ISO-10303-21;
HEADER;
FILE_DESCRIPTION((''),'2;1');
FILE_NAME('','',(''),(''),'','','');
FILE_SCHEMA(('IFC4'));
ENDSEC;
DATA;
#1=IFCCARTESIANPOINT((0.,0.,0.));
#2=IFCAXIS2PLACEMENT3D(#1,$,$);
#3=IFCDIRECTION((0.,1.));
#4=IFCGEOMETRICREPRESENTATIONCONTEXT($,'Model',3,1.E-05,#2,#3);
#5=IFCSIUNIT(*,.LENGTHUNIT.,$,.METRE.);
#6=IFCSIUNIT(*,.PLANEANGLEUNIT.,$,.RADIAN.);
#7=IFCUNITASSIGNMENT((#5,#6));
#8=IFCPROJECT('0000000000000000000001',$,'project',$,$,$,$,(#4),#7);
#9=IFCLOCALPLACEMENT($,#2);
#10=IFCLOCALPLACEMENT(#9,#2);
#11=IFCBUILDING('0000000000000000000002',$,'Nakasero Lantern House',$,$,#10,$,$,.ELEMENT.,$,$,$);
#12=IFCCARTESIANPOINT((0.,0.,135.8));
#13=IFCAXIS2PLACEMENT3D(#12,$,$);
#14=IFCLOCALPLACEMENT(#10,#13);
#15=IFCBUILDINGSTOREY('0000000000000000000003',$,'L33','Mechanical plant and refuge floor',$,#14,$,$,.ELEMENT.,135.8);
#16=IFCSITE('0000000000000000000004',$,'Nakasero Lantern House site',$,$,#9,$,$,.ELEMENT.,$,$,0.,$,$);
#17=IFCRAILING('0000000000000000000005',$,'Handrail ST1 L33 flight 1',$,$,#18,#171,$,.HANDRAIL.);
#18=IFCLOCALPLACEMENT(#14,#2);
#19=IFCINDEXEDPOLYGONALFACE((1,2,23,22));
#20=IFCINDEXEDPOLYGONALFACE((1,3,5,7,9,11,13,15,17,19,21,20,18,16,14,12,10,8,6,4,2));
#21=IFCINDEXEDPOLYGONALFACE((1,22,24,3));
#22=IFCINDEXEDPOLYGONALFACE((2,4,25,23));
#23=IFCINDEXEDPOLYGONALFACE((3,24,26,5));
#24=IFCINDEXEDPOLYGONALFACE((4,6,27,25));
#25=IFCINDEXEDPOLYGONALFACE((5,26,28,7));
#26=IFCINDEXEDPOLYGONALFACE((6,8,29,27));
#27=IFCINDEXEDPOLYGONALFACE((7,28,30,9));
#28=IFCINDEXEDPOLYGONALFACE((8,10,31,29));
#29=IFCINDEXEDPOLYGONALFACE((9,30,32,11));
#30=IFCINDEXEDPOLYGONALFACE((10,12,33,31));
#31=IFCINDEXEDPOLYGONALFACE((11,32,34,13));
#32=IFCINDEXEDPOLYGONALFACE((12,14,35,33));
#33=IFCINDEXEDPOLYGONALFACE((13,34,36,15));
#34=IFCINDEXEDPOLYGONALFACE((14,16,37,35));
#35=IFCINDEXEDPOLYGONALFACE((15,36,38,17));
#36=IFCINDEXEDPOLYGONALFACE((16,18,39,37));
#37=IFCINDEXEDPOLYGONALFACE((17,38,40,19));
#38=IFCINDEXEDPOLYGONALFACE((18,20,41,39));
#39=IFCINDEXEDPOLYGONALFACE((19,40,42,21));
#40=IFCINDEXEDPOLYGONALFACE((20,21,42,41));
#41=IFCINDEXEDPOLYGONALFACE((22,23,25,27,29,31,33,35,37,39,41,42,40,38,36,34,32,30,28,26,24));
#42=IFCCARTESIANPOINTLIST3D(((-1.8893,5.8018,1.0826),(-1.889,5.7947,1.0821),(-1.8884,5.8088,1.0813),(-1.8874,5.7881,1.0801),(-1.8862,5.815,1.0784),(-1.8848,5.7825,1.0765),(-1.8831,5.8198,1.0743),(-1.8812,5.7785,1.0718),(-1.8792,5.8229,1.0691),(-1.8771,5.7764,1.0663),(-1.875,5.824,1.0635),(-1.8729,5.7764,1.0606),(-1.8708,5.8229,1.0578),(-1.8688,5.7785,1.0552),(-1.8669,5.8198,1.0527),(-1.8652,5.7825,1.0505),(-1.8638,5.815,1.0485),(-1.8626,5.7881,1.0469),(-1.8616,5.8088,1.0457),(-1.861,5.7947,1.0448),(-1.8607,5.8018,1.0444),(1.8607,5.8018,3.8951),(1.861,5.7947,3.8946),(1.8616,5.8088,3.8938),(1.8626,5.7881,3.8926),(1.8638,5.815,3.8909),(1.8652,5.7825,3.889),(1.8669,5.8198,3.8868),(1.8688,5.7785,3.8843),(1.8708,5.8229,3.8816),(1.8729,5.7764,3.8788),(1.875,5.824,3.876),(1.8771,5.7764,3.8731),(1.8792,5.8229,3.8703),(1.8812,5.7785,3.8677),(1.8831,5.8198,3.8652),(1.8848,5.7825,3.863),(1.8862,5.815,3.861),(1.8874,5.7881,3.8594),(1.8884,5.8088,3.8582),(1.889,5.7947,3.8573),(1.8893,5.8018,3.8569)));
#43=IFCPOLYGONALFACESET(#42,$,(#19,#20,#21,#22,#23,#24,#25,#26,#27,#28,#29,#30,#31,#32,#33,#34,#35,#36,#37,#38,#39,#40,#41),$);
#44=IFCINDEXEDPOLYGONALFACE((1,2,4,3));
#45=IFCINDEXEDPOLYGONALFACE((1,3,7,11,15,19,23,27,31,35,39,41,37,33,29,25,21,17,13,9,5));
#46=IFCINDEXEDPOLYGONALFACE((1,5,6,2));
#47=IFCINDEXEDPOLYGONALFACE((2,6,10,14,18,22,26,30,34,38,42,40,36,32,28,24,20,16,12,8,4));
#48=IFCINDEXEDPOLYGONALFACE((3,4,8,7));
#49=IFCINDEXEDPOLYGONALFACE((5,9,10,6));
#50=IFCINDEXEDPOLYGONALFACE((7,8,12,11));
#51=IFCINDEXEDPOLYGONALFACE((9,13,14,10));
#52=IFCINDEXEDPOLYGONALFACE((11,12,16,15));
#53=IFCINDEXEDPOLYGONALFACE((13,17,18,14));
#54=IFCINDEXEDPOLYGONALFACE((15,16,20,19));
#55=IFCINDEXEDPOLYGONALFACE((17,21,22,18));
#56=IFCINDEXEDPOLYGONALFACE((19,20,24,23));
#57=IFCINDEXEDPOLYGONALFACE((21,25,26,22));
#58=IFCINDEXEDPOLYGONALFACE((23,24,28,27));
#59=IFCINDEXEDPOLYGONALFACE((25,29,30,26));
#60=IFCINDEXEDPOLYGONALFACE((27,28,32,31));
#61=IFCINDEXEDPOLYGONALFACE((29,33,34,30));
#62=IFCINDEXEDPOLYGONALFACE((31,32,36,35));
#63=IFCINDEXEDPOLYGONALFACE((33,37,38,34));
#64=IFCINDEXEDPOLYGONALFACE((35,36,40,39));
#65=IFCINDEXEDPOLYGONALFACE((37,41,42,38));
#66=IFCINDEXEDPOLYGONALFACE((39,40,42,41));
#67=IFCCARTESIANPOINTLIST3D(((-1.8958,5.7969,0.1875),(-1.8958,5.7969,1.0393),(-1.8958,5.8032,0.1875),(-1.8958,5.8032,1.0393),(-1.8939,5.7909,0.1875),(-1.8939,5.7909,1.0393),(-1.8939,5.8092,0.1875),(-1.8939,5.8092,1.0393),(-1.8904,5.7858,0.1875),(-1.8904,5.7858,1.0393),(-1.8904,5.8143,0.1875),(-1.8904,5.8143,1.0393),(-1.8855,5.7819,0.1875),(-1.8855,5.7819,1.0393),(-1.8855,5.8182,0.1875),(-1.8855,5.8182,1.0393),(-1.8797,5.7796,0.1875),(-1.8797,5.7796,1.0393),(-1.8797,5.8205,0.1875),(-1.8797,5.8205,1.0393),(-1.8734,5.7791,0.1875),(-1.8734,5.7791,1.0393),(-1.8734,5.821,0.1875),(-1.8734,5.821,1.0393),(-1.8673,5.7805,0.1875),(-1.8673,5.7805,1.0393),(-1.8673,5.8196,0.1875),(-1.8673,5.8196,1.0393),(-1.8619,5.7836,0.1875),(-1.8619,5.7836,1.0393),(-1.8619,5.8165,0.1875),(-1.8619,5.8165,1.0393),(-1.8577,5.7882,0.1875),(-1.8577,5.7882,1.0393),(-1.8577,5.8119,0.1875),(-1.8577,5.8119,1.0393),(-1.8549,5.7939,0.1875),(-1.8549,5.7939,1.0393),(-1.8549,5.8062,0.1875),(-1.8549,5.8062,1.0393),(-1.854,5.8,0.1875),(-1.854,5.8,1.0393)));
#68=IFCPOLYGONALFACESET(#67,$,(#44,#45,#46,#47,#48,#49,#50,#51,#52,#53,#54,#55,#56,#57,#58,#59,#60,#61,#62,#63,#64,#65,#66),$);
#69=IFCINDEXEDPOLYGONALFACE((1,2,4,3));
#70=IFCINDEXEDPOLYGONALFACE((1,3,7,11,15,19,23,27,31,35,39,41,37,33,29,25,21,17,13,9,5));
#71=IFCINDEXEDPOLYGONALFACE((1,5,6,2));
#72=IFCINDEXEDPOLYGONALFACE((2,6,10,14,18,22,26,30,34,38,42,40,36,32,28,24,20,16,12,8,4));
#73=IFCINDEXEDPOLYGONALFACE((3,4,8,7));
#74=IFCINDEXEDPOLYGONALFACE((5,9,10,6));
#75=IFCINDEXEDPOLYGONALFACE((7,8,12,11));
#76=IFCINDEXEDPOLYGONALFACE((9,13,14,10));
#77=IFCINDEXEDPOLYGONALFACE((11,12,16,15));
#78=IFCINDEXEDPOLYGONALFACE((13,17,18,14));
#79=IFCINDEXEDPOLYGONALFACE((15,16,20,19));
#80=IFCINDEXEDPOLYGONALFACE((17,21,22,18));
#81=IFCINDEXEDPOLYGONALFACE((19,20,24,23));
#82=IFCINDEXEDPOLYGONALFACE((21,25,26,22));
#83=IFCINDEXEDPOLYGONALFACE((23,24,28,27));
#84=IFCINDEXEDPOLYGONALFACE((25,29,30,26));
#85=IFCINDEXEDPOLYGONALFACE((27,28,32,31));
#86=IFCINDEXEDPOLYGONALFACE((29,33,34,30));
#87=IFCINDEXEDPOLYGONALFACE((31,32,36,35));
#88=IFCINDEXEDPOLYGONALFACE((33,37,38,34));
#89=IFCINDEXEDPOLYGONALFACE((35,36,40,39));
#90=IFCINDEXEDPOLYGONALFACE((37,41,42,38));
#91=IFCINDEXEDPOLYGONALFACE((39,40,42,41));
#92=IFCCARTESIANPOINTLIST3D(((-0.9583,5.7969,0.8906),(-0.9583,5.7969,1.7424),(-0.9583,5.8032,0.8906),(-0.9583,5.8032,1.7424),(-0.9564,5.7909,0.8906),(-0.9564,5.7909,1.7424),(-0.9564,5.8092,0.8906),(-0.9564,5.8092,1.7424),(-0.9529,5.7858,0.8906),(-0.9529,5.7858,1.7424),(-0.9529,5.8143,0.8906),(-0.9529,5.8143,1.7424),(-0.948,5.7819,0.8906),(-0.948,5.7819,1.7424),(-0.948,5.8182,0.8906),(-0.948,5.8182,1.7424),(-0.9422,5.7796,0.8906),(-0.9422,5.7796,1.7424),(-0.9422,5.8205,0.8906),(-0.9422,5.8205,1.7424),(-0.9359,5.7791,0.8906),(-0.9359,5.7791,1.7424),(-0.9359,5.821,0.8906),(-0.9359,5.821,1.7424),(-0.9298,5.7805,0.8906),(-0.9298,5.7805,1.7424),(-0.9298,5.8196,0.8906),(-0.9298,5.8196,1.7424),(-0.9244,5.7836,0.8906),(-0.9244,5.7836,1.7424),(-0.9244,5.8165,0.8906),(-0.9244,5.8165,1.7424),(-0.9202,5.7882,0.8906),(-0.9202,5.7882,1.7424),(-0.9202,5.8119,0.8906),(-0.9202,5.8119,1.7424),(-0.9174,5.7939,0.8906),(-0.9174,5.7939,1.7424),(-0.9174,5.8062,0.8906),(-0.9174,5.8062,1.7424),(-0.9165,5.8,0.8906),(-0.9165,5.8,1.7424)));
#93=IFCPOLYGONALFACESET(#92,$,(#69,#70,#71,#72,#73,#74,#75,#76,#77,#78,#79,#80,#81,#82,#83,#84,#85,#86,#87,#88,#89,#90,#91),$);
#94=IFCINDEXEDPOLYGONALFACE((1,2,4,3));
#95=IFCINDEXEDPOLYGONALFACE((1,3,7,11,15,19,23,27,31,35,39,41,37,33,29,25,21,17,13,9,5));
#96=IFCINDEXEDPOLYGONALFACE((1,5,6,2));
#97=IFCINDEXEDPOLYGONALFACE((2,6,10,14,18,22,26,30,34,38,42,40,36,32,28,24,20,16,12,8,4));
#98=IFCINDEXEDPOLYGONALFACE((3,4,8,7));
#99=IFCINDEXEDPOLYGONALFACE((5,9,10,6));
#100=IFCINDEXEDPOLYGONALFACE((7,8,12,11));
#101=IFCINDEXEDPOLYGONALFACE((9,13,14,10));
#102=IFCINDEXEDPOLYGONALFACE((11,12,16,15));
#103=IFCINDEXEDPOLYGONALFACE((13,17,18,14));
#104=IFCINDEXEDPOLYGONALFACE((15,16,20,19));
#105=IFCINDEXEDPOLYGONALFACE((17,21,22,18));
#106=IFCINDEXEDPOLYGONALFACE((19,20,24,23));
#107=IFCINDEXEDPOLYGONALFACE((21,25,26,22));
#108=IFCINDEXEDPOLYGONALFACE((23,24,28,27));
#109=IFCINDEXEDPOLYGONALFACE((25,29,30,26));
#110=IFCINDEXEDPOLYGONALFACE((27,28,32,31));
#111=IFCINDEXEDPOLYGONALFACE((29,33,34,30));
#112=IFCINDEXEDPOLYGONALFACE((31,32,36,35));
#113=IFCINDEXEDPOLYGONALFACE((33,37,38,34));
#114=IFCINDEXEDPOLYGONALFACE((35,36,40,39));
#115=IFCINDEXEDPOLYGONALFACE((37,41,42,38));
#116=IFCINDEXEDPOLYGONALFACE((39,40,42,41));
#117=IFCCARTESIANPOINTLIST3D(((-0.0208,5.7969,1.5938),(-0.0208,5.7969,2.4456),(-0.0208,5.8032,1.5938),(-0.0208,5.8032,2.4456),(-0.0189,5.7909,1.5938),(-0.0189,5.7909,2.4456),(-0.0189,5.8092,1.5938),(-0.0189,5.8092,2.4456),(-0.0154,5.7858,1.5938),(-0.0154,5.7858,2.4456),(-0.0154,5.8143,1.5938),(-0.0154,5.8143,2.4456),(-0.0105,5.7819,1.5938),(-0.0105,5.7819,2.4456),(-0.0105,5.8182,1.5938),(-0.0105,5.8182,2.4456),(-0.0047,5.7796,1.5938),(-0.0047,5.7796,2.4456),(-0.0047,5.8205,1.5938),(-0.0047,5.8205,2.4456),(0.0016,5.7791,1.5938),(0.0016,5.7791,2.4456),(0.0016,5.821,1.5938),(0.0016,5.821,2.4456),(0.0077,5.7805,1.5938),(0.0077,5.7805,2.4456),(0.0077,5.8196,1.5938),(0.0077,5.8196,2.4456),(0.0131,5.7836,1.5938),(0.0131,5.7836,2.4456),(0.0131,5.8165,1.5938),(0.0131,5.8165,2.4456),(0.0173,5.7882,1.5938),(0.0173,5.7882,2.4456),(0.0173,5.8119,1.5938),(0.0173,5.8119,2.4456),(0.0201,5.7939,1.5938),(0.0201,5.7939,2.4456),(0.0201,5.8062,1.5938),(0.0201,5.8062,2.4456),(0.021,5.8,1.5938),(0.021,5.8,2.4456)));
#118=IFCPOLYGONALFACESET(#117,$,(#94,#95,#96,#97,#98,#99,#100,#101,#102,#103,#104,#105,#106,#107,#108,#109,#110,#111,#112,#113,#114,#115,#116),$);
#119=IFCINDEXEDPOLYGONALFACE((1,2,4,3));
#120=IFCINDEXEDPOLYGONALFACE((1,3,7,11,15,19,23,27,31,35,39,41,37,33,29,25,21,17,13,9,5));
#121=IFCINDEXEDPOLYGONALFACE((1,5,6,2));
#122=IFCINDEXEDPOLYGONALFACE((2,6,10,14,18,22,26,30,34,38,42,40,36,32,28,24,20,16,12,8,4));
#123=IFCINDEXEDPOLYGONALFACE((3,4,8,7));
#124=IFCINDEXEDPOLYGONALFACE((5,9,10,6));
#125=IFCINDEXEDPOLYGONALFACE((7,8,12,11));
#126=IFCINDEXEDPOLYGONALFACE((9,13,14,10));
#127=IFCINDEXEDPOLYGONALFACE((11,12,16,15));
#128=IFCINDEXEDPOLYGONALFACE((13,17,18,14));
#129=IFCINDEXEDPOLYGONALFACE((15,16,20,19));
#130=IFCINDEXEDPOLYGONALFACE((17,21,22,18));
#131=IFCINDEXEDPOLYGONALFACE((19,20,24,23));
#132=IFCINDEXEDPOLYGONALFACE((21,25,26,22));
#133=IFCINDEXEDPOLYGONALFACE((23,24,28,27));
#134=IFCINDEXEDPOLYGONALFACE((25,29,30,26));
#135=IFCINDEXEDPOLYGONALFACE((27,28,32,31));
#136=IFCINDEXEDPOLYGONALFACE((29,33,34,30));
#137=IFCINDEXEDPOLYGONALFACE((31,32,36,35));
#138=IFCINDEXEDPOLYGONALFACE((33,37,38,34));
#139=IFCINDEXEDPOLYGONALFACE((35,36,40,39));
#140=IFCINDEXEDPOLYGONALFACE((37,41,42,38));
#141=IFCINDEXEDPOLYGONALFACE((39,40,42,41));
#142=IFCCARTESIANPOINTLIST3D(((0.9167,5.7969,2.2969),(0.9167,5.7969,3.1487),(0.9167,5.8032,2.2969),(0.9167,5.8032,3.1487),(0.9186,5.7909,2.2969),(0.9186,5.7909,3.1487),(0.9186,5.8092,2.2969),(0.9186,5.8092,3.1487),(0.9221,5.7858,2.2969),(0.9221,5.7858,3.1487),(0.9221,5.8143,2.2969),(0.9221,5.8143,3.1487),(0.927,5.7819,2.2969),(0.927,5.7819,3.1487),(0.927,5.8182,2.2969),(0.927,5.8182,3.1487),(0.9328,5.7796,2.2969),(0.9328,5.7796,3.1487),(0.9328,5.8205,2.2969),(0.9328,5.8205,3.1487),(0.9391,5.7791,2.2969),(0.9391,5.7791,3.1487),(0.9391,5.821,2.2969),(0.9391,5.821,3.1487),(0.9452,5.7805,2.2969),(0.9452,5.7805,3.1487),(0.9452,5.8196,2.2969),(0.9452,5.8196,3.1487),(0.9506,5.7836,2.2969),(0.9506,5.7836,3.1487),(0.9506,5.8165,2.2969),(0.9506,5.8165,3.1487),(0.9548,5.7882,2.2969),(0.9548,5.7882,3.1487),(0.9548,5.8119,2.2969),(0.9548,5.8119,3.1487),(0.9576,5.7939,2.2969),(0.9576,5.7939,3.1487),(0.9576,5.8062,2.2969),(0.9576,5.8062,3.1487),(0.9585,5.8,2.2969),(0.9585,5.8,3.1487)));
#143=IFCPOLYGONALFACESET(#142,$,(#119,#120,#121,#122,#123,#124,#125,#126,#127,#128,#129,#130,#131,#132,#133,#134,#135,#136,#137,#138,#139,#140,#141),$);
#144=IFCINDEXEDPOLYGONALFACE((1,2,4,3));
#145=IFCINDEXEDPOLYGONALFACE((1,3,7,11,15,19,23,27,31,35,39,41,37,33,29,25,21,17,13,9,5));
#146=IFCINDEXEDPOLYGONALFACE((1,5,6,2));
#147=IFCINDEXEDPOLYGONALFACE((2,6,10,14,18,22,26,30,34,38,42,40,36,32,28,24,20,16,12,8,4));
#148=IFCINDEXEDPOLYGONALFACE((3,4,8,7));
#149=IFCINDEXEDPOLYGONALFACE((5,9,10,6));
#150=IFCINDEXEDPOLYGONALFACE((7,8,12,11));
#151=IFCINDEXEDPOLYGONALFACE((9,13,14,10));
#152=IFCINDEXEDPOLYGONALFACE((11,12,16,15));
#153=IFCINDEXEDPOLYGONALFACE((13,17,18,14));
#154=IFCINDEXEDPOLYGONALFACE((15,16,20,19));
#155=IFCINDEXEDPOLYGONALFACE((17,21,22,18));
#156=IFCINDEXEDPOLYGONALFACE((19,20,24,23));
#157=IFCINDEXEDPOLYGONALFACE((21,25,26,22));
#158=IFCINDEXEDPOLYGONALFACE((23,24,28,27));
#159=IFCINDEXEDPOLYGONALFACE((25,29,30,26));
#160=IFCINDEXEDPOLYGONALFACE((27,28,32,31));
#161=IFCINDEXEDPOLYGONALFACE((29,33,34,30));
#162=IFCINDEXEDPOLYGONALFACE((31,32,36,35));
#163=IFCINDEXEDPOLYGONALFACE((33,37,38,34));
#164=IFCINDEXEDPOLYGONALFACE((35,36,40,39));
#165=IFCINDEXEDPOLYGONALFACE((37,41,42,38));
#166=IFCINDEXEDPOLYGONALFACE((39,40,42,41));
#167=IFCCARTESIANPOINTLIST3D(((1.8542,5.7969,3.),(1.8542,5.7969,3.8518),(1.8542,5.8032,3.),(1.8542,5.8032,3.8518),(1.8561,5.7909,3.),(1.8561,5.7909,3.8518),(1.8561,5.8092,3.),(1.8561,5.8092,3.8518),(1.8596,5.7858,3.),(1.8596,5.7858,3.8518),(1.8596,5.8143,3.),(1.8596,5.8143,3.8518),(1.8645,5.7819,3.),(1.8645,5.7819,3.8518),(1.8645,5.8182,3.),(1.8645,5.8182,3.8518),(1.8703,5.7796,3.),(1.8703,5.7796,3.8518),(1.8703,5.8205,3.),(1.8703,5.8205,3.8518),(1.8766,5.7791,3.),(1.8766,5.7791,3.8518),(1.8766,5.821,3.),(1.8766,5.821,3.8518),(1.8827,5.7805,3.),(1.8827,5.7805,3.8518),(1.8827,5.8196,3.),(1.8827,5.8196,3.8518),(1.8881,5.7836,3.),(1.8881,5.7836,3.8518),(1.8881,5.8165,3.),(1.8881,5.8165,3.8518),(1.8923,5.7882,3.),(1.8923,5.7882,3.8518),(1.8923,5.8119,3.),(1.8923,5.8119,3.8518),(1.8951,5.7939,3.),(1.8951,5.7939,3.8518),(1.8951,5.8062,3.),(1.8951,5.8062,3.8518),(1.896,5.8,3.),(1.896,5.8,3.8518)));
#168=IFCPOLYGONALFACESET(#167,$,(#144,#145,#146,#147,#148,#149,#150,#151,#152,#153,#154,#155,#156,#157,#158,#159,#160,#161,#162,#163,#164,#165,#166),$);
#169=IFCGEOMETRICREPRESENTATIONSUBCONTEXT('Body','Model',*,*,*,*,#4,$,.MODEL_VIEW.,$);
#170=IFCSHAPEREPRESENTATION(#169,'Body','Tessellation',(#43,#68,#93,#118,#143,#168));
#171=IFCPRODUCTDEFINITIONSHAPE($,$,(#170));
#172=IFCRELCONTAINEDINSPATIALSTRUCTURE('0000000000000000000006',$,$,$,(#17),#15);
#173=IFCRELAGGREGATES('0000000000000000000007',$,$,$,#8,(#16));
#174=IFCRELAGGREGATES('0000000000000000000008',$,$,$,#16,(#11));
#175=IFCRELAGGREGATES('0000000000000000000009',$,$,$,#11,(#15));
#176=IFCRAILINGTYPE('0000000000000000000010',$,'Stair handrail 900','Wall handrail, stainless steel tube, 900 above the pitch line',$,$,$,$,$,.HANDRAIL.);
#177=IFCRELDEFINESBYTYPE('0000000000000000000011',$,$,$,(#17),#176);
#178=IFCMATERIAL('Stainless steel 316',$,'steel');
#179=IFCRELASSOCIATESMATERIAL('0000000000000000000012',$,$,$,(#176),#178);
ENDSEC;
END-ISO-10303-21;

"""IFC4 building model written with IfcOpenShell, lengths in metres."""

from ifc_helpers import new_model, si_unit, direction, frame, origin, origin_2d, place, context, subcontext, project, spatial, circle, extrude, material, type_object, element, save


model = new_model("IFC4")

# Units and contexts
model_context = context("Model", 3, precision=1e-05, world=origin(), true_north=direction((0.0, 1.0)))
body_context = subcontext(model_context, "Body", "Model", "MODEL_VIEW")
ifc_project = project(units=[si_unit("LENGTHUNIT", "METRE"), si_unit("PLANEANGLEUNIT", "RADIAN")], contexts=[model_context])

# Site, building, storey
site_placement = place(None, origin())
site = spatial("IfcSite", under=ifc_project, at=site_placement, Name="Nakasero Lantern House site", CompositionType="ELEMENT", RefElevation=0.0)
building_placement = place(site_placement, origin())
building = spatial("IfcBuilding", under=site, at=building_placement, Name="Nakasero Lantern House", CompositionType="ELEMENT")
storey_placement = place(building_placement, frame((0.0, 0.0, 135.8)))
storey = spatial("IfcBuildingStorey", under=building, at=storey_placement, Name="L33", Description="Mechanical plant and refuge floor", CompositionType="ELEMENT", Elevation=135.8)

# Railing
ifc_material_1 = material(Name="Stainless steel 316", Category="steel")
railing_type = type_object("IfcRailingType", Name="Stair handrail 900", Description="Wall handrail, stainless steel tube, 900 above the pitch line", PredefinedType="HANDRAIL", material=ifc_material_1)
railing_placement = place(storey_placement, frame((-1.875, 5.8, 0.1875)))
element("IfcRailing", 1, at=railing_placement, inside=storey, type_object=railing_type, Name="Handrail ST1 L33 flight 1", PredefinedType="HANDRAIL", context=body_context, shape_type="SweptSolid", body=[
    extrude(circle(Radius=0.0239, at=origin_2d()), frame((0.0, 0.0, 0.876), z_axis=(0.8, 0.0, 0.6), x_axis=(0.0, 1.0, 0.0)), (0.0, 0.0, 1.0), 4.6875),
    extrude(circle(Radius=0.021, at=origin_2d()), origin(), (0.0, 0.0, 1.0), 0.8518),
    extrude(circle(Radius=0.021, at=origin_2d()), frame((0.9375, 0.0, 0.7031)), (0.0, 0.0, 1.0), 0.8518),
    extrude(circle(Radius=0.021, at=origin_2d()), frame((1.875, 0.0, 1.4062)), (0.0, 0.0, 1.0), 0.8518),
    extrude(circle(Radius=0.021, at=origin_2d()), frame((2.8125, 0.0, 2.1094)), (0.0, 0.0, 1.0), 0.8518),
    extrude(circle(Radius=0.021, at=origin_2d()), frame((3.75, 0.0, 2.8125)), (0.0, 0.0, 1.0), 0.8518),
])

save(model, "model.ifc")
